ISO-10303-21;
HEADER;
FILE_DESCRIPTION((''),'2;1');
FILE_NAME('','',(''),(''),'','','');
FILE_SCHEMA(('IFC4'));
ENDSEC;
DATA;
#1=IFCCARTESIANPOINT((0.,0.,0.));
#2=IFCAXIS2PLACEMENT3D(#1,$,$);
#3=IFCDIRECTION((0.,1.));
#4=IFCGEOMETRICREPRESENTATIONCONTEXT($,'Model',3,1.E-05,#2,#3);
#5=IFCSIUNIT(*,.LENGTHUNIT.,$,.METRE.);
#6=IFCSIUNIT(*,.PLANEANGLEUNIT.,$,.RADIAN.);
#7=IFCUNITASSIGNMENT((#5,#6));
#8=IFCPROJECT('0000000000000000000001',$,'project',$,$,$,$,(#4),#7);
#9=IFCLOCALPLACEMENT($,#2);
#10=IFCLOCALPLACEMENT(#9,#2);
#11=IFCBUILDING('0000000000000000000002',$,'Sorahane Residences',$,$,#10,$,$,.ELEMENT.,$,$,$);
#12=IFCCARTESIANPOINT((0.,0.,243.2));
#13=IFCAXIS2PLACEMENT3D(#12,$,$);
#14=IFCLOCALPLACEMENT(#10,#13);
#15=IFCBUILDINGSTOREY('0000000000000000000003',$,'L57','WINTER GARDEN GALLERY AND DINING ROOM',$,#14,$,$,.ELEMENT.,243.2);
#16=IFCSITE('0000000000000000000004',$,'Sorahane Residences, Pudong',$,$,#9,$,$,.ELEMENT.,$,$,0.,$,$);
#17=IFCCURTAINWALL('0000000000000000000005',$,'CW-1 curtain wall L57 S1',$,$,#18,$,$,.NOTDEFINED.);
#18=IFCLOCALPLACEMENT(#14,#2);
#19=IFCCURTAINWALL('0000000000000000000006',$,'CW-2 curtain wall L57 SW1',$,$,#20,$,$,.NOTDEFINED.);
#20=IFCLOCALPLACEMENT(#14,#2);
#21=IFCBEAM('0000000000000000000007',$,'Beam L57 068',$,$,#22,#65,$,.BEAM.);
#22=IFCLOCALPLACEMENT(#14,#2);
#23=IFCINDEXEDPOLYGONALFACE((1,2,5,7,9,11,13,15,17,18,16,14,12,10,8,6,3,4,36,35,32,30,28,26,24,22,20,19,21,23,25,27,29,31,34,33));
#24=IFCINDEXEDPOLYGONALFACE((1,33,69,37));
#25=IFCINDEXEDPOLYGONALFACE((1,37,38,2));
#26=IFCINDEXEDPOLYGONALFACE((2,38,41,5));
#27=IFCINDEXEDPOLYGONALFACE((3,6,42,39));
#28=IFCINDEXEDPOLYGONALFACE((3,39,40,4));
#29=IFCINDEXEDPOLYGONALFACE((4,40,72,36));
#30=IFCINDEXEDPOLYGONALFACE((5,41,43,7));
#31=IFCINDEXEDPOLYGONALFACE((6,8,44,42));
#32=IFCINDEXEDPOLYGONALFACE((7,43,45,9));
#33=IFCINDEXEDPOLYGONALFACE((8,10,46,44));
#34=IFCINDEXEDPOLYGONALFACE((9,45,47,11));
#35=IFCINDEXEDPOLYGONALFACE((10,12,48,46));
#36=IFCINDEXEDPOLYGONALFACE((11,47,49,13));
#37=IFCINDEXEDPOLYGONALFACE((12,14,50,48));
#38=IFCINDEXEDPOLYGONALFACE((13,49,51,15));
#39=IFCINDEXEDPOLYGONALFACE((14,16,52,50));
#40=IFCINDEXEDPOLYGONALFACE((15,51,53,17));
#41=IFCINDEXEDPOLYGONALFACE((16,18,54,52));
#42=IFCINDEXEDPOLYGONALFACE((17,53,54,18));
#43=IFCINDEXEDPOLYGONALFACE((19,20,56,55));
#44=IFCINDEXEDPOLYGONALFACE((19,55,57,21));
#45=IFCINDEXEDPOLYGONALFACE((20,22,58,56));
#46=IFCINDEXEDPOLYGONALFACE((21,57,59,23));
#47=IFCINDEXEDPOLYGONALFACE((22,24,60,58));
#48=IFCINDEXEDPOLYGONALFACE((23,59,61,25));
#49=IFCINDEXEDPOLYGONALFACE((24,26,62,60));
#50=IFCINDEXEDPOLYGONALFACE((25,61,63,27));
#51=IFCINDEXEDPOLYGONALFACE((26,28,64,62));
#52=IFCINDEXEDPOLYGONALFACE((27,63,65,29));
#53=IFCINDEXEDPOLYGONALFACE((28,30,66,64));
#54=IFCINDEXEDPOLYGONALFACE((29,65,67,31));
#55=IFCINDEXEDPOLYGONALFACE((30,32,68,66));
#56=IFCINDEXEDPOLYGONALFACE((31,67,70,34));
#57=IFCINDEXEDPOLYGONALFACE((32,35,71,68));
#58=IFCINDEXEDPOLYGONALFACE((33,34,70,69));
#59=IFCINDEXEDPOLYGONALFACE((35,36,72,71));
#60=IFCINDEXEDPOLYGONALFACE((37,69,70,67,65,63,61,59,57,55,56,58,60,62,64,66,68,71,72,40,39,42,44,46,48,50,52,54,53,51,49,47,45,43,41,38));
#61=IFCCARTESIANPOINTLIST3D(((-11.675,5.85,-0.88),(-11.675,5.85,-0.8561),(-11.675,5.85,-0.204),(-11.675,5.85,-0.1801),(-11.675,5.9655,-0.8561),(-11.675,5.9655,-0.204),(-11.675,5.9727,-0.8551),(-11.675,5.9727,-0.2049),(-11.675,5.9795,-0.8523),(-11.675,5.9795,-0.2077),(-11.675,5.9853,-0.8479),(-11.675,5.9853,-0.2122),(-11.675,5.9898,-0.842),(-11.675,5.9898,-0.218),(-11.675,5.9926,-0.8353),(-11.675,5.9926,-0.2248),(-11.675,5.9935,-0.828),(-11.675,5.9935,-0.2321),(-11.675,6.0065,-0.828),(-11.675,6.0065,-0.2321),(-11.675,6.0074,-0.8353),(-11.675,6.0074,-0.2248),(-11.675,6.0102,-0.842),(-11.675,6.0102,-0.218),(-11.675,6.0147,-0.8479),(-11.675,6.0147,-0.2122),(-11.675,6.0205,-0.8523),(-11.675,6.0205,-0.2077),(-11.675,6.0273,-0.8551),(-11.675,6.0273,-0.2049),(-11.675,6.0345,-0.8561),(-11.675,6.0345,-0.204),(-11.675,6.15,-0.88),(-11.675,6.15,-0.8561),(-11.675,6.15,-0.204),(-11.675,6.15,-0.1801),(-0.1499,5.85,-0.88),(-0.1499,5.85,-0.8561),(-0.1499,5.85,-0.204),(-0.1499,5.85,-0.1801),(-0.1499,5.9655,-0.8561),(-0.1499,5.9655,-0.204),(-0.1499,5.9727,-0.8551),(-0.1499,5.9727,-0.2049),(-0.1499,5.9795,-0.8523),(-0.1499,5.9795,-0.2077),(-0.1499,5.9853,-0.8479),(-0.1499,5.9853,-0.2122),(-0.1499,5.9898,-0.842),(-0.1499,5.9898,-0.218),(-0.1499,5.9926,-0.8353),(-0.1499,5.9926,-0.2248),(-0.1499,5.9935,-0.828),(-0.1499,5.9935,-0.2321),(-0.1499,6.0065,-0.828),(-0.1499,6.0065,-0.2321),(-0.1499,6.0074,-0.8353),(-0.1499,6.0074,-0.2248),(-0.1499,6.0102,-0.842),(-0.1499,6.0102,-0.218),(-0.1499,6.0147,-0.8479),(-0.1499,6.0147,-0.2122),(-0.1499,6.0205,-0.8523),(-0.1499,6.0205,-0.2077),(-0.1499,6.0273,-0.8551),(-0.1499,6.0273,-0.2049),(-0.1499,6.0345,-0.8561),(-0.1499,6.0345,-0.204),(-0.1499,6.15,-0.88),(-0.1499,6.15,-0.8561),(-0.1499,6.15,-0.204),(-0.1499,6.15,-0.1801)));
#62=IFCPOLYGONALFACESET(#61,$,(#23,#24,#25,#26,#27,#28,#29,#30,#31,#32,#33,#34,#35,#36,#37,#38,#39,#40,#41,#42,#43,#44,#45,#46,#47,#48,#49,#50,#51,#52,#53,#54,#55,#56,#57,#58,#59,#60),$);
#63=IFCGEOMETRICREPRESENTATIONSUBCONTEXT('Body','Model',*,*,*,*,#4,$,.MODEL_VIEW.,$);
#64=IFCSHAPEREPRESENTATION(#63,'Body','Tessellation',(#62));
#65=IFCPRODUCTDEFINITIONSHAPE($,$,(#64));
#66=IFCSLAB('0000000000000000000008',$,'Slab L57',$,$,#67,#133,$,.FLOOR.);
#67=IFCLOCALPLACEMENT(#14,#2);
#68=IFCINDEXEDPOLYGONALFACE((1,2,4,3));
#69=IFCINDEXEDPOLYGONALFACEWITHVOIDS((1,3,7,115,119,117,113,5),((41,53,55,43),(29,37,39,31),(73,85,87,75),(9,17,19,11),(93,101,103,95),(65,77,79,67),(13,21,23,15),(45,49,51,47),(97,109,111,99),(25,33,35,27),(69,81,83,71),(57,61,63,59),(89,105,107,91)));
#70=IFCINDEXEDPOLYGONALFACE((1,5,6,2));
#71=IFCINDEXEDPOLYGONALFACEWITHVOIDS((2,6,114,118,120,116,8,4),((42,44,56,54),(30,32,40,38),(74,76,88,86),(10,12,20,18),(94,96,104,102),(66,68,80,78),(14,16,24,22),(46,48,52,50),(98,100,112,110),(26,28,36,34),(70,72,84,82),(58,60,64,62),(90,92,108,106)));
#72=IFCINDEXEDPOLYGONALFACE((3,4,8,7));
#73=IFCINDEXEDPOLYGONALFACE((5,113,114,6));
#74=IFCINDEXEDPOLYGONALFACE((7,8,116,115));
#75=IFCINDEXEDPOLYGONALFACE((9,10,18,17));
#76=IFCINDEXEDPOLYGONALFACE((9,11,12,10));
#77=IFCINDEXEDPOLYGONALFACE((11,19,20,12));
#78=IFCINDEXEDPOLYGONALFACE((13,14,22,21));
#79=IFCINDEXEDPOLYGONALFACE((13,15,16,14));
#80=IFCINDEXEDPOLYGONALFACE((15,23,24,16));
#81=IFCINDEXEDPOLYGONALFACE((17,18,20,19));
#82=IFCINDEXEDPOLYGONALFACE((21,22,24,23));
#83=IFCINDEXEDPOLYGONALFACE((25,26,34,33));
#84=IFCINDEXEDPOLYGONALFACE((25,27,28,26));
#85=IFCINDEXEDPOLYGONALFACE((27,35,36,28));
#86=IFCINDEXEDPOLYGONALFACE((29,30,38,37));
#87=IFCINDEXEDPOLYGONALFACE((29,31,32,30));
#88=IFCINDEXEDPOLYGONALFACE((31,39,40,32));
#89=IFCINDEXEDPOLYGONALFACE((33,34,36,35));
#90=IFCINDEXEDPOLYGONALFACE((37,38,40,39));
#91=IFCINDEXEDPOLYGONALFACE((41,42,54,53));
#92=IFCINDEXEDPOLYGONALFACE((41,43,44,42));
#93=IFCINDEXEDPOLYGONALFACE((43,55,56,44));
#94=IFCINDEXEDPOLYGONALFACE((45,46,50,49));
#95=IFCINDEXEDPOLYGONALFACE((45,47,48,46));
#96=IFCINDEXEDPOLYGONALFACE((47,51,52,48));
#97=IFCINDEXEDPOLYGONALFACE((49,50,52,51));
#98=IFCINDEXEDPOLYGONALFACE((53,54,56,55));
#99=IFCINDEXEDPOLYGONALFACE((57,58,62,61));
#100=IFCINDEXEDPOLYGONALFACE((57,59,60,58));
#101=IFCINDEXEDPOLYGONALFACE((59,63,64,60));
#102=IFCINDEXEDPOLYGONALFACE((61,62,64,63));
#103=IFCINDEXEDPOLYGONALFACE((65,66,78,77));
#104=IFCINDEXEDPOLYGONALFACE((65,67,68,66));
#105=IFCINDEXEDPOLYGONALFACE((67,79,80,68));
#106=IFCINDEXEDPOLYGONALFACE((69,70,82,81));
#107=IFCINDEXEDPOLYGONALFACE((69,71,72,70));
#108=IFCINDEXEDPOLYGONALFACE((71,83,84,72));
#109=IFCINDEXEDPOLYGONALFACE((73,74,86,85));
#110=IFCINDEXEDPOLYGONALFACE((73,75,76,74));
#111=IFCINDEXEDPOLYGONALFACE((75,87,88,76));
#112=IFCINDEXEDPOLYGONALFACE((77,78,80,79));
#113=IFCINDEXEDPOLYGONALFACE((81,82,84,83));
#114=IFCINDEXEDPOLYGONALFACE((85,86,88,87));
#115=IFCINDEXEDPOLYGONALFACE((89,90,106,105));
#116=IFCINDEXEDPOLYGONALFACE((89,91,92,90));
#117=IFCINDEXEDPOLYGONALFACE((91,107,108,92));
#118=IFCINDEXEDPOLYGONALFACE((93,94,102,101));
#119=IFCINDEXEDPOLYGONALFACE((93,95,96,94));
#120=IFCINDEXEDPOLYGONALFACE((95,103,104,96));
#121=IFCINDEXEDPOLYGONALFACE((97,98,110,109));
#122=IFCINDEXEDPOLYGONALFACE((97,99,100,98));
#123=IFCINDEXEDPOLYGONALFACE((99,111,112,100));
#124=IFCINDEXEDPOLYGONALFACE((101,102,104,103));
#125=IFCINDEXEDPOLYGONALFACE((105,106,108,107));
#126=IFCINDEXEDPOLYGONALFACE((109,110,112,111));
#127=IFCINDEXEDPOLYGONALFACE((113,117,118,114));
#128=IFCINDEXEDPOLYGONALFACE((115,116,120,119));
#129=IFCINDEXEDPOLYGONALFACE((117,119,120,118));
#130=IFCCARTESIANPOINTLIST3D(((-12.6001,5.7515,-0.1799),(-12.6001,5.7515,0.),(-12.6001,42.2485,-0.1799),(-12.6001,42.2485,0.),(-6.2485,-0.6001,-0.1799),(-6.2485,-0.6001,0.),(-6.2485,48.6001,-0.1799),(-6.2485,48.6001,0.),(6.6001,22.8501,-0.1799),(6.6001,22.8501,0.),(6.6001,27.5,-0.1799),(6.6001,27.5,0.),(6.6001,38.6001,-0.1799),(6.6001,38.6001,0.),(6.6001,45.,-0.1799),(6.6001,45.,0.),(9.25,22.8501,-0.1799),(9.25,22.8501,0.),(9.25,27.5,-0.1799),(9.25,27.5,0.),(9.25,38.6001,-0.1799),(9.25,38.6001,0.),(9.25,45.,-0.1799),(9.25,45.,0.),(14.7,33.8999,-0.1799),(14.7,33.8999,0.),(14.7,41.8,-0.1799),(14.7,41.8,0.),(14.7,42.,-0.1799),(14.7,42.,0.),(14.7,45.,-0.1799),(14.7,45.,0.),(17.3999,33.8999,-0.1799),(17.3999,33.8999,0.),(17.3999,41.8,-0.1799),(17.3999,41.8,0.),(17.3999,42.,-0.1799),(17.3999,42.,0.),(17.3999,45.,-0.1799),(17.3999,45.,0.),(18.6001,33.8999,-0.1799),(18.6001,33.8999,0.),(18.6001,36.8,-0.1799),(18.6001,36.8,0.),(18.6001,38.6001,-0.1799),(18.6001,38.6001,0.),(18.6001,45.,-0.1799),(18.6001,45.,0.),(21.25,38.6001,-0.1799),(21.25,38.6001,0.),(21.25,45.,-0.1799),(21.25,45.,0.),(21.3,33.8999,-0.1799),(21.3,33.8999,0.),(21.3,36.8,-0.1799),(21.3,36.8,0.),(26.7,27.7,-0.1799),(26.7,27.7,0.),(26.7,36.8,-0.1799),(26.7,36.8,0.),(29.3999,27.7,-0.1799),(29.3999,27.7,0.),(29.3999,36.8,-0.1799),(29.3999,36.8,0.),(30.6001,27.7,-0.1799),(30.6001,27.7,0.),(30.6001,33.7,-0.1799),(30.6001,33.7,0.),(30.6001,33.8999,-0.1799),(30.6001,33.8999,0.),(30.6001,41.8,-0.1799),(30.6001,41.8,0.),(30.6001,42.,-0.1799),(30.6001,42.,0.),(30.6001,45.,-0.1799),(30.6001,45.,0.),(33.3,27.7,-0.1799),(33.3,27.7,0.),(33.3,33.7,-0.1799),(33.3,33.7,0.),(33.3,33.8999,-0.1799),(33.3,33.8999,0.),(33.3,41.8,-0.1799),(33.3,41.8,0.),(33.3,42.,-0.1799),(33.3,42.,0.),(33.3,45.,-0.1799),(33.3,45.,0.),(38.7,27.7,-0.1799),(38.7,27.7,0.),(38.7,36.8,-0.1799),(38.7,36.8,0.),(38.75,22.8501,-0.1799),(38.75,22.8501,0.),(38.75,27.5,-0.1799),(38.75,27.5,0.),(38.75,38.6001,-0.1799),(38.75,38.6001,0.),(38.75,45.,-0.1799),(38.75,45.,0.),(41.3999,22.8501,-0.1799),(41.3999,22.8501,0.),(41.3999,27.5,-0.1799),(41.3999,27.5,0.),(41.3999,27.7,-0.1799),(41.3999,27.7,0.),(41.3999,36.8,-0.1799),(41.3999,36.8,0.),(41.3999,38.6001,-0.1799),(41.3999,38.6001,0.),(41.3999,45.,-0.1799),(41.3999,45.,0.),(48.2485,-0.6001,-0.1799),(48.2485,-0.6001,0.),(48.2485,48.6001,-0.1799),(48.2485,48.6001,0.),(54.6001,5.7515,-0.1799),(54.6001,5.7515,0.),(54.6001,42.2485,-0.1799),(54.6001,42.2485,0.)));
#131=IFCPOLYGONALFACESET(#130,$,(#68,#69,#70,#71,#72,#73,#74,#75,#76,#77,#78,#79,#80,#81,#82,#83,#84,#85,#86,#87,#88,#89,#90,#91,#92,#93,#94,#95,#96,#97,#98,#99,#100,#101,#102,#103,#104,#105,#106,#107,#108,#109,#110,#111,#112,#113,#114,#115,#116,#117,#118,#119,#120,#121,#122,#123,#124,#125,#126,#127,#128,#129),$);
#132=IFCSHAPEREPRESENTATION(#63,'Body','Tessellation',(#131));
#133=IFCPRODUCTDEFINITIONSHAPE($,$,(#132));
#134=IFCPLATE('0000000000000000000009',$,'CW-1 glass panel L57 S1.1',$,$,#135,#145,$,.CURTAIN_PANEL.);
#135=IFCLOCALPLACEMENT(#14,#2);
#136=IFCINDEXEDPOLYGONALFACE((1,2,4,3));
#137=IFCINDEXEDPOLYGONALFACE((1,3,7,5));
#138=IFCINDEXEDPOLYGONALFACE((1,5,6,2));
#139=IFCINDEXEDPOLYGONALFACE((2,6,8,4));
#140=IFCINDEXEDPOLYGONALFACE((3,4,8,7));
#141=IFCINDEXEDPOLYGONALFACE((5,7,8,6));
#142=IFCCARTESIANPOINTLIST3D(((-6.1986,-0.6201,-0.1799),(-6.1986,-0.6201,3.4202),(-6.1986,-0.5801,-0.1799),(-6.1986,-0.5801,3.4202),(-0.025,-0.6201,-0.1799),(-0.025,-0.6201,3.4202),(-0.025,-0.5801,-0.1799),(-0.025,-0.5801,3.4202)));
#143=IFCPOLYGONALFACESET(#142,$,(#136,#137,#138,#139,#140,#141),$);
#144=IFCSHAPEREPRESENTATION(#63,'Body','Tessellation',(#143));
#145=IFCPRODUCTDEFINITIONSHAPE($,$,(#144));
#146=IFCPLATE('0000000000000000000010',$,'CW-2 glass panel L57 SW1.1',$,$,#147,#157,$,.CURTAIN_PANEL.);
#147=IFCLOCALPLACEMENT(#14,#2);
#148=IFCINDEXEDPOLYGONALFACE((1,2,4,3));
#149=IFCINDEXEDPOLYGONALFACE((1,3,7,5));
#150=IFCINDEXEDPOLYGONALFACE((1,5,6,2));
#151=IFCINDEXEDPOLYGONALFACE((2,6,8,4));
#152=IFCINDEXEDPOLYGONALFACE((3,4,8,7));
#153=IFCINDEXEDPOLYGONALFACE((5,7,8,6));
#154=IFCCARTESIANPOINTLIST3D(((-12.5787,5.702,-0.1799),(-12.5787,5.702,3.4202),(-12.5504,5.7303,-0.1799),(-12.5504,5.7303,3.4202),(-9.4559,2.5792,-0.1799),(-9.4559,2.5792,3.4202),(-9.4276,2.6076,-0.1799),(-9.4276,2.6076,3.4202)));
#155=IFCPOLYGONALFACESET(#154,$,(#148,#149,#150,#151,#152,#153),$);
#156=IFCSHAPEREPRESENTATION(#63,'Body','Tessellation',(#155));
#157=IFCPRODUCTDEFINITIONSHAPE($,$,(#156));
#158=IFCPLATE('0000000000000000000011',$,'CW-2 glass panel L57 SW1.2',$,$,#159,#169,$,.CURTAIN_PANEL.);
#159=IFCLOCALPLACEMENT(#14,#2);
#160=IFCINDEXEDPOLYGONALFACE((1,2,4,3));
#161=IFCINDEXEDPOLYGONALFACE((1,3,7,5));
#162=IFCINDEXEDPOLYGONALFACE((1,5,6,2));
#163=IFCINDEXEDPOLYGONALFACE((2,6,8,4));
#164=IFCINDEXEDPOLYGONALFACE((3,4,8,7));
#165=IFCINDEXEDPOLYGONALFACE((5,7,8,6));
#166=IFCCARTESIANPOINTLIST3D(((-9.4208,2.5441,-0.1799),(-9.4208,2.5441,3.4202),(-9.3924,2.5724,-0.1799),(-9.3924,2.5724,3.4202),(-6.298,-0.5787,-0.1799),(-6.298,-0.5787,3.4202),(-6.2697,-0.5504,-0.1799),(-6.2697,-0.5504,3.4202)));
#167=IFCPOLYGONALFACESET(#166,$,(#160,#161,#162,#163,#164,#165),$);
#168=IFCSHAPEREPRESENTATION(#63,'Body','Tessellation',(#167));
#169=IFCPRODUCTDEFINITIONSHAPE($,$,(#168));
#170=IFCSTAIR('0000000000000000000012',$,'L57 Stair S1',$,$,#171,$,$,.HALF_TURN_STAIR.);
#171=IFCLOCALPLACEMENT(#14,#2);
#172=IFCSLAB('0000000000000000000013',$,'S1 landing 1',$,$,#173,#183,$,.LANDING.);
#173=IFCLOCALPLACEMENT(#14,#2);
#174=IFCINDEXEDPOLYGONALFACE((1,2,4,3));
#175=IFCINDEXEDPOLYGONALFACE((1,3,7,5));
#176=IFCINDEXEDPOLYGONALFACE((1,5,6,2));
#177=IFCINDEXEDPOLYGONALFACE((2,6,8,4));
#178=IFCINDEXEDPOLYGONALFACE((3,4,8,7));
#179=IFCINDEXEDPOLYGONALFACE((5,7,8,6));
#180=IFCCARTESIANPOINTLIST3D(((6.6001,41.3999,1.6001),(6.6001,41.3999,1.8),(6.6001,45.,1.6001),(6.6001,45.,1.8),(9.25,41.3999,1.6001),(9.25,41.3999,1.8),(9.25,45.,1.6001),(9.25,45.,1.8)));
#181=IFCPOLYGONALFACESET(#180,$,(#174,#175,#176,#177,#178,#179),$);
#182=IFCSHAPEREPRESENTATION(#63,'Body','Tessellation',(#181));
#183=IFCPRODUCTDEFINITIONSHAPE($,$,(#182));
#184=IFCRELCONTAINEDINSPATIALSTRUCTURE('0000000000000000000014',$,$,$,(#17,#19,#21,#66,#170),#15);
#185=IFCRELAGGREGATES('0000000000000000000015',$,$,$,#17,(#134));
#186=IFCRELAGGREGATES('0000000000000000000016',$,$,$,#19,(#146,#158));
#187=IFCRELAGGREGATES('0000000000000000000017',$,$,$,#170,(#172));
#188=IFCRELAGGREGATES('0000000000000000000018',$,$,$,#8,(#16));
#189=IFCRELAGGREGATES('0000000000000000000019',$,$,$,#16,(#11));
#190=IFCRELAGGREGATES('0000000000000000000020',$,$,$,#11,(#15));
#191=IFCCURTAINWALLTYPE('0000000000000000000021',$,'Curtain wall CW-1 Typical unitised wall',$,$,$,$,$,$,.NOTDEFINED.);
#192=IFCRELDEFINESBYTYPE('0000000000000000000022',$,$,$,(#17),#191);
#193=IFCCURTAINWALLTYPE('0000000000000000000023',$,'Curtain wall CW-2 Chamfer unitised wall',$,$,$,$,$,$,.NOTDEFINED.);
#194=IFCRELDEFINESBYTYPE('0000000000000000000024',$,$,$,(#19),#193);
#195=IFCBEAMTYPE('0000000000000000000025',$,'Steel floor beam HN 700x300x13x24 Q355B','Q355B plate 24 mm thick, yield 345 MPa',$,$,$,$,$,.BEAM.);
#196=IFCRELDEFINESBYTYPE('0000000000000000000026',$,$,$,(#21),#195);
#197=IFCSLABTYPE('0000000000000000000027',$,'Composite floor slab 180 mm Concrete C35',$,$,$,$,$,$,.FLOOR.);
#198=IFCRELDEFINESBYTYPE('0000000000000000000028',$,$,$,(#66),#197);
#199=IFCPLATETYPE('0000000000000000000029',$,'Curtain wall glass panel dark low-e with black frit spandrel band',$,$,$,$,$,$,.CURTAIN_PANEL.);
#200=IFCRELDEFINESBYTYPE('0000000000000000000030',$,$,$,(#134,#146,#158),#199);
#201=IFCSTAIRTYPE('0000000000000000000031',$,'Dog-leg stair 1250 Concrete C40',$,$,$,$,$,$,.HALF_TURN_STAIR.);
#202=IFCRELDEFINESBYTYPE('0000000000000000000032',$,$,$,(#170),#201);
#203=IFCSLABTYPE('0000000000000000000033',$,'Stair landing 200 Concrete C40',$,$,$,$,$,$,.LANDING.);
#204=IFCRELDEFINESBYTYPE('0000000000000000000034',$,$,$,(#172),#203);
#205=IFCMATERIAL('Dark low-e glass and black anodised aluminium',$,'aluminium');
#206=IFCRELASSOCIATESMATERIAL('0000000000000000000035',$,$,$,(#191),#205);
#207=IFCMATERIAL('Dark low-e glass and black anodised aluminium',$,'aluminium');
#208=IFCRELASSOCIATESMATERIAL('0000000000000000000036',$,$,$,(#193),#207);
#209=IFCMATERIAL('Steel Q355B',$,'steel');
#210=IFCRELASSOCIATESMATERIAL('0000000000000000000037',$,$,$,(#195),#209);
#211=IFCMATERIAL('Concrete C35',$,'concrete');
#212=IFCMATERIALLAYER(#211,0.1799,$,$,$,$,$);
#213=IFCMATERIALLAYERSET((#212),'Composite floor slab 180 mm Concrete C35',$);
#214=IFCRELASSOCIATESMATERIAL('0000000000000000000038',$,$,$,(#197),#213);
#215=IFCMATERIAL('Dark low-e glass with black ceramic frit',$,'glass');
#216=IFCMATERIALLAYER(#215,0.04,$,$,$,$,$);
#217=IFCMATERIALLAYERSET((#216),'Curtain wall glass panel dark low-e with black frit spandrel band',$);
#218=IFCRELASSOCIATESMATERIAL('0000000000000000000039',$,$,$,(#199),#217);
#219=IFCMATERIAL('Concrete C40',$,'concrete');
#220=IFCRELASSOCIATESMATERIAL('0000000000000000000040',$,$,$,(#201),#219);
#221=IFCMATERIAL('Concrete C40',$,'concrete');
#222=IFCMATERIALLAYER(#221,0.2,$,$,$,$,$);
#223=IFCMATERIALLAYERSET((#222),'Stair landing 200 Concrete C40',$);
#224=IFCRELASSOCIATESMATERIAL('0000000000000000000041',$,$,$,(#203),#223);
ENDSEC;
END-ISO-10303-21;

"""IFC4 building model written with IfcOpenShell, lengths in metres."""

from ifc_helpers import new_model, si_unit, direction, frame, origin, origin_2d, place, context, subcontext, project, spatial, polyline, rectangle, i_section, outline, extrude, material, layer, layer_set, material_profile, profile_set, type_object, element, aggregate, save


model = new_model("IFC4")

# Units and contexts
model_context = context("Model", 3, precision=1e-05, world=origin(), true_north=direction((0.0, 1.0)))
body_context = subcontext(model_context, "Body", "Model", "MODEL_VIEW")
ifc_project = project(units=[si_unit("LENGTHUNIT", "METRE"), si_unit("PLANEANGLEUNIT", "RADIAN")], contexts=[model_context])

# Site, building, storey
site_placement = place(None, origin())
site = spatial("IfcSite", under=ifc_project, at=site_placement, Name="Sorahane Residences, Pudong", CompositionType="ELEMENT", RefElevation=0.0)
building_placement = place(site_placement, origin())
building = spatial("IfcBuilding", under=site, at=building_placement, Name="Sorahane Residences", CompositionType="ELEMENT")
storey_placement = place(building_placement, frame((0.0, 0.0, 243.2)))
storey = spatial("IfcBuildingStorey", under=building, at=storey_placement, Name="L57", Description="WINTER GARDEN GALLERY AND DINING ROOM", CompositionType="ELEMENT", Elevation=243.2)

# Curtain wall
ifc_material_1 = material(Name="Dark low-e glass and black anodised aluminium", Category="aluminium")
curtain_wall_type_1 = type_object("IfcCurtainWallType", Name="Curtain wall CW-1 Typical unitised wall", PredefinedType="NOTDEFINED", material=ifc_material_1)
curtain_wall_1_placement = place(storey_placement, origin())
curtain_wall_1 = element("IfcCurtainWall", 1, at=curtain_wall_1_placement, inside=storey, type_object=curtain_wall_type_1, Name="CW-1 curtain wall L57 S1", PredefinedType="NOTDEFINED")

# Curtain wall
ifc_material_2 = material(Name="Dark low-e glass and black anodised aluminium", Category="aluminium")
curtain_wall_type_2 = type_object("IfcCurtainWallType", Name="Curtain wall CW-2 Chamfer unitised wall", PredefinedType="NOTDEFINED", material=ifc_material_2)
curtain_wall_2_placement = place(storey_placement, origin())
curtain_wall_2 = element("IfcCurtainWall", 2, at=curtain_wall_2_placement, inside=storey, type_object=curtain_wall_type_2, Name="CW-2 curtain wall L57 SW1", PredefinedType="NOTDEFINED")

# Beam
ifc_material_3 = material(Name="Steel Q355B", Category="steel")
ifc_material_profile_1 = material_profile(ifc_material_3, i_section(OverallWidth=0.3, OverallDepth=0.7, WebThickness=0.0129, FlangeThickness=0.0239, FilletRadius=0.0281, at=origin_2d()), Name="HN 700x300x13x24")
ifc_profile_set_1 = profile_set([ifc_material_profile_1], Name="Steel Q355B")
beam_type_1 = type_object("IfcBeamType", Name="Steel floor beam HN 700x300x13x24 Q355B", Description="Q355B plate 24 mm thick, yield 345 MPa", PredefinedType="BEAM", material=ifc_profile_set_1)
beam_1_placement = place(storey_placement, frame((-11.675, 6.0, -0.53), z_axis=(1.0, 0.0, 0.0), x_axis=(0.0, 1.0, 0.0)))
element("IfcBeam", 3, at=beam_1_placement, inside=storey, type_object=beam_type_1, Name="Beam L57 068", PredefinedType="BEAM", context=body_context, shape_type="SweptSolid", body=[
    extrude(i_section(OverallWidth=0.3, OverallDepth=0.7, WebThickness=0.0129, FlangeThickness=0.0239, FilletRadius=0.0281, at=origin_2d()), origin(), (0.0, 0.0, 1.0), 11.5251),
])

# Slab
ifc_material_4 = material(Name="Concrete C35", Category="concrete")
ifc_layer_1 = layer(ifc_material_4, 0.1799)
ifc_layer_set_1 = layer_set([ifc_layer_1], Name="Composite floor slab 180 mm Concrete C35")
slab_type_1 = type_object("IfcSlabType", Name="Composite floor slab 180 mm Concrete C35", PredefinedType="FLOOR", material=ifc_layer_set_1)
slab_1_placement = place(storey_placement, frame((0.0, 0.0, -0.1799)))
element("IfcSlab", 4, at=slab_1_placement, inside=storey, type_object=slab_type_1, Name="Slab L57", PredefinedType="FLOOR", context=body_context, shape_type="SweptSolid", body=[
    extrude(outline(polyline([(-6.2485, -0.6001), (-12.6001, 5.7515), (-12.6001, 42.2485), (-6.2485, 48.6001), (48.2485, 48.6001), (54.6001, 42.2485), (54.6001, 5.7515), (48.2485, -0.6001), (-6.2485, -0.6001)]), holes=[polyline([(38.7, 27.7), (41.3999, 27.7), (41.3999, 36.8), (38.7, 36.8), (38.7, 27.7)]), polyline([(30.6001, 27.7), (33.3, 27.7), (33.3, 33.7), (30.6001, 33.7), (30.6001, 27.7)]), polyline([(30.6001, 42.0), (33.3, 42.0), (33.3, 45.0), (30.6001, 45.0), (30.6001, 42.0)]), polyline([(14.7, 42.0), (17.3999, 42.0), (17.3999, 45.0), (14.7, 45.0), (14.7, 42.0)]), polyline([(9.25, 38.6001), (9.25, 45.0), (6.6001, 45.0), (6.6001, 38.6001), (9.25, 38.6001)]), polyline([(41.3999, 38.6001), (41.3999, 45.0), (38.75, 45.0), (38.75, 38.6001), (41.3999, 38.6001)]), polyline([(21.25, 38.6001), (21.25, 45.0), (18.6001, 45.0), (18.6001, 38.6001), (21.25, 38.6001)]), polyline([(9.25, 22.8501), (9.25, 27.5), (6.6001, 27.5), (6.6001, 22.8501), (9.25, 22.8501)]), polyline([(41.3999, 22.8501), (41.3999, 27.5), (38.75, 27.5), (38.75, 22.8501), (41.3999, 22.8501)]), polyline([(14.7, 33.8999), (17.3999, 33.8999), (17.3999, 41.8), (14.7, 41.8), (14.7, 33.8999)]), polyline([(30.6001, 33.8999), (33.3, 33.8999), (33.3, 41.8), (30.6001, 41.8), (30.6001, 33.8999)]), polyline([(18.6001, 33.8999), (21.3, 33.8999), (21.3, 36.8), (18.6001, 36.8), (18.6001, 33.8999)]), polyline([(26.7, 27.7), (29.3999, 27.7), (29.3999, 36.8), (26.7, 36.8), (26.7, 27.7)])]), origin(), (0.0, 0.0, 1.0), 0.1799),
])

# Plates
ifc_material_5 = material(Name="Dark low-e glass with black ceramic frit", Category="glass")
ifc_layer_2 = layer(ifc_material_5, 0.04)
ifc_layer_set_2 = layer_set([ifc_layer_2], Name="Curtain wall glass panel dark low-e with black frit spandrel band")
plate_type = type_object("IfcPlateType", Name="Curtain wall glass panel dark low-e with black frit spandrel band", PredefinedType="CURTAIN_PANEL", material=ifc_layer_set_2)
plate_1_placement = place(storey_placement, frame((-3.1118, -0.6001, -0.1799), z_axis=(0.0, 0.0, 1.0), x_axis=(1.0, 0.0, 0.0)))
plate_1 = element("IfcPlate", 5, at=plate_1_placement, type_object=plate_type, Name="CW-1 glass panel L57 S1.1", PredefinedType="CURTAIN_PANEL", context=body_context, shape_type="SweptSolid", body=[
    extrude(rectangle(XDim=6.1736, YDim=0.04, at=origin_2d()), origin(), (0.0, 0.0, 1.0), 3.6001),
])
aggregate(curtain_wall_1, [plate_1])
plate_2_placement = place(storey_placement, frame((-11.0032, 4.1548, -0.1799), z_axis=(0.0, 0.0, 1.0), x_axis=(0.707107, -0.707107, 0.0)))
plate_2 = element("IfcPlate", 6, at=plate_2_placement, type_object=plate_type, Name="CW-2 glass panel L57 SW1.1", PredefinedType="CURTAIN_PANEL", context=body_context, shape_type="SweptSolid", body=[
    extrude(rectangle(XDim=4.4163, YDim=0.04, at=origin_2d()), origin(), (0.0, 0.0, 1.0), 3.6001),
])
plate_3_placement = place(storey_placement, frame((-7.8452, 0.9968, -0.1799), z_axis=(0.0, 0.0, 1.0), x_axis=(0.707107, -0.707107, 0.0)))
plate_3 = element("IfcPlate", 7, at=plate_3_placement, type_object=plate_type, Name="CW-2 glass panel L57 SW1.2", PredefinedType="CURTAIN_PANEL", context=body_context, shape_type="SweptSolid", body=[
    extrude(rectangle(XDim=4.4163, YDim=0.04, at=origin_2d()), origin(), (0.0, 0.0, 1.0), 3.6001),
])
aggregate(curtain_wall_2, [plate_2, plate_3])

# Stair, slab
ifc_material_6 = material(Name="Concrete C40", Category="concrete")
stair_type = type_object("IfcStairType", Name="Dog-leg stair 1250 Concrete C40", PredefinedType="HALF_TURN_STAIR", material=ifc_material_6)
stair_1_placement = place(storey_placement, origin())
stair_1 = element("IfcStair", 8, at=stair_1_placement, inside=storey, type_object=stair_type, Name="L57 Stair S1", PredefinedType="HALF_TURN_STAIR")
ifc_material_7 = material(Name="Concrete C40", Category="concrete")
ifc_layer_3 = layer(ifc_material_7, 0.2)
ifc_layer_set_3 = layer_set([ifc_layer_3], Name="Stair landing 200 Concrete C40")
slab_type_2 = type_object("IfcSlabType", Name="Stair landing 200 Concrete C40", PredefinedType="LANDING", material=ifc_layer_set_3)
slab_2_placement = place(storey_placement, frame((0.0, 0.0, 1.6001)))
slab_2 = element("IfcSlab", 9, at=slab_2_placement, type_object=slab_type_2, Name="S1 landing 1", PredefinedType="LANDING", context=body_context, shape_type="SweptSolid", body=[
    extrude(outline(polyline([(9.25, 41.3999), (9.25, 45.0), (6.6001, 45.0), (6.6001, 41.3999), (9.25, 41.3999)])), origin(), (0.0, 0.0, 1.0), 0.2),
])
aggregate(stair_1, [slab_2])

save(model, "model.ifc")
